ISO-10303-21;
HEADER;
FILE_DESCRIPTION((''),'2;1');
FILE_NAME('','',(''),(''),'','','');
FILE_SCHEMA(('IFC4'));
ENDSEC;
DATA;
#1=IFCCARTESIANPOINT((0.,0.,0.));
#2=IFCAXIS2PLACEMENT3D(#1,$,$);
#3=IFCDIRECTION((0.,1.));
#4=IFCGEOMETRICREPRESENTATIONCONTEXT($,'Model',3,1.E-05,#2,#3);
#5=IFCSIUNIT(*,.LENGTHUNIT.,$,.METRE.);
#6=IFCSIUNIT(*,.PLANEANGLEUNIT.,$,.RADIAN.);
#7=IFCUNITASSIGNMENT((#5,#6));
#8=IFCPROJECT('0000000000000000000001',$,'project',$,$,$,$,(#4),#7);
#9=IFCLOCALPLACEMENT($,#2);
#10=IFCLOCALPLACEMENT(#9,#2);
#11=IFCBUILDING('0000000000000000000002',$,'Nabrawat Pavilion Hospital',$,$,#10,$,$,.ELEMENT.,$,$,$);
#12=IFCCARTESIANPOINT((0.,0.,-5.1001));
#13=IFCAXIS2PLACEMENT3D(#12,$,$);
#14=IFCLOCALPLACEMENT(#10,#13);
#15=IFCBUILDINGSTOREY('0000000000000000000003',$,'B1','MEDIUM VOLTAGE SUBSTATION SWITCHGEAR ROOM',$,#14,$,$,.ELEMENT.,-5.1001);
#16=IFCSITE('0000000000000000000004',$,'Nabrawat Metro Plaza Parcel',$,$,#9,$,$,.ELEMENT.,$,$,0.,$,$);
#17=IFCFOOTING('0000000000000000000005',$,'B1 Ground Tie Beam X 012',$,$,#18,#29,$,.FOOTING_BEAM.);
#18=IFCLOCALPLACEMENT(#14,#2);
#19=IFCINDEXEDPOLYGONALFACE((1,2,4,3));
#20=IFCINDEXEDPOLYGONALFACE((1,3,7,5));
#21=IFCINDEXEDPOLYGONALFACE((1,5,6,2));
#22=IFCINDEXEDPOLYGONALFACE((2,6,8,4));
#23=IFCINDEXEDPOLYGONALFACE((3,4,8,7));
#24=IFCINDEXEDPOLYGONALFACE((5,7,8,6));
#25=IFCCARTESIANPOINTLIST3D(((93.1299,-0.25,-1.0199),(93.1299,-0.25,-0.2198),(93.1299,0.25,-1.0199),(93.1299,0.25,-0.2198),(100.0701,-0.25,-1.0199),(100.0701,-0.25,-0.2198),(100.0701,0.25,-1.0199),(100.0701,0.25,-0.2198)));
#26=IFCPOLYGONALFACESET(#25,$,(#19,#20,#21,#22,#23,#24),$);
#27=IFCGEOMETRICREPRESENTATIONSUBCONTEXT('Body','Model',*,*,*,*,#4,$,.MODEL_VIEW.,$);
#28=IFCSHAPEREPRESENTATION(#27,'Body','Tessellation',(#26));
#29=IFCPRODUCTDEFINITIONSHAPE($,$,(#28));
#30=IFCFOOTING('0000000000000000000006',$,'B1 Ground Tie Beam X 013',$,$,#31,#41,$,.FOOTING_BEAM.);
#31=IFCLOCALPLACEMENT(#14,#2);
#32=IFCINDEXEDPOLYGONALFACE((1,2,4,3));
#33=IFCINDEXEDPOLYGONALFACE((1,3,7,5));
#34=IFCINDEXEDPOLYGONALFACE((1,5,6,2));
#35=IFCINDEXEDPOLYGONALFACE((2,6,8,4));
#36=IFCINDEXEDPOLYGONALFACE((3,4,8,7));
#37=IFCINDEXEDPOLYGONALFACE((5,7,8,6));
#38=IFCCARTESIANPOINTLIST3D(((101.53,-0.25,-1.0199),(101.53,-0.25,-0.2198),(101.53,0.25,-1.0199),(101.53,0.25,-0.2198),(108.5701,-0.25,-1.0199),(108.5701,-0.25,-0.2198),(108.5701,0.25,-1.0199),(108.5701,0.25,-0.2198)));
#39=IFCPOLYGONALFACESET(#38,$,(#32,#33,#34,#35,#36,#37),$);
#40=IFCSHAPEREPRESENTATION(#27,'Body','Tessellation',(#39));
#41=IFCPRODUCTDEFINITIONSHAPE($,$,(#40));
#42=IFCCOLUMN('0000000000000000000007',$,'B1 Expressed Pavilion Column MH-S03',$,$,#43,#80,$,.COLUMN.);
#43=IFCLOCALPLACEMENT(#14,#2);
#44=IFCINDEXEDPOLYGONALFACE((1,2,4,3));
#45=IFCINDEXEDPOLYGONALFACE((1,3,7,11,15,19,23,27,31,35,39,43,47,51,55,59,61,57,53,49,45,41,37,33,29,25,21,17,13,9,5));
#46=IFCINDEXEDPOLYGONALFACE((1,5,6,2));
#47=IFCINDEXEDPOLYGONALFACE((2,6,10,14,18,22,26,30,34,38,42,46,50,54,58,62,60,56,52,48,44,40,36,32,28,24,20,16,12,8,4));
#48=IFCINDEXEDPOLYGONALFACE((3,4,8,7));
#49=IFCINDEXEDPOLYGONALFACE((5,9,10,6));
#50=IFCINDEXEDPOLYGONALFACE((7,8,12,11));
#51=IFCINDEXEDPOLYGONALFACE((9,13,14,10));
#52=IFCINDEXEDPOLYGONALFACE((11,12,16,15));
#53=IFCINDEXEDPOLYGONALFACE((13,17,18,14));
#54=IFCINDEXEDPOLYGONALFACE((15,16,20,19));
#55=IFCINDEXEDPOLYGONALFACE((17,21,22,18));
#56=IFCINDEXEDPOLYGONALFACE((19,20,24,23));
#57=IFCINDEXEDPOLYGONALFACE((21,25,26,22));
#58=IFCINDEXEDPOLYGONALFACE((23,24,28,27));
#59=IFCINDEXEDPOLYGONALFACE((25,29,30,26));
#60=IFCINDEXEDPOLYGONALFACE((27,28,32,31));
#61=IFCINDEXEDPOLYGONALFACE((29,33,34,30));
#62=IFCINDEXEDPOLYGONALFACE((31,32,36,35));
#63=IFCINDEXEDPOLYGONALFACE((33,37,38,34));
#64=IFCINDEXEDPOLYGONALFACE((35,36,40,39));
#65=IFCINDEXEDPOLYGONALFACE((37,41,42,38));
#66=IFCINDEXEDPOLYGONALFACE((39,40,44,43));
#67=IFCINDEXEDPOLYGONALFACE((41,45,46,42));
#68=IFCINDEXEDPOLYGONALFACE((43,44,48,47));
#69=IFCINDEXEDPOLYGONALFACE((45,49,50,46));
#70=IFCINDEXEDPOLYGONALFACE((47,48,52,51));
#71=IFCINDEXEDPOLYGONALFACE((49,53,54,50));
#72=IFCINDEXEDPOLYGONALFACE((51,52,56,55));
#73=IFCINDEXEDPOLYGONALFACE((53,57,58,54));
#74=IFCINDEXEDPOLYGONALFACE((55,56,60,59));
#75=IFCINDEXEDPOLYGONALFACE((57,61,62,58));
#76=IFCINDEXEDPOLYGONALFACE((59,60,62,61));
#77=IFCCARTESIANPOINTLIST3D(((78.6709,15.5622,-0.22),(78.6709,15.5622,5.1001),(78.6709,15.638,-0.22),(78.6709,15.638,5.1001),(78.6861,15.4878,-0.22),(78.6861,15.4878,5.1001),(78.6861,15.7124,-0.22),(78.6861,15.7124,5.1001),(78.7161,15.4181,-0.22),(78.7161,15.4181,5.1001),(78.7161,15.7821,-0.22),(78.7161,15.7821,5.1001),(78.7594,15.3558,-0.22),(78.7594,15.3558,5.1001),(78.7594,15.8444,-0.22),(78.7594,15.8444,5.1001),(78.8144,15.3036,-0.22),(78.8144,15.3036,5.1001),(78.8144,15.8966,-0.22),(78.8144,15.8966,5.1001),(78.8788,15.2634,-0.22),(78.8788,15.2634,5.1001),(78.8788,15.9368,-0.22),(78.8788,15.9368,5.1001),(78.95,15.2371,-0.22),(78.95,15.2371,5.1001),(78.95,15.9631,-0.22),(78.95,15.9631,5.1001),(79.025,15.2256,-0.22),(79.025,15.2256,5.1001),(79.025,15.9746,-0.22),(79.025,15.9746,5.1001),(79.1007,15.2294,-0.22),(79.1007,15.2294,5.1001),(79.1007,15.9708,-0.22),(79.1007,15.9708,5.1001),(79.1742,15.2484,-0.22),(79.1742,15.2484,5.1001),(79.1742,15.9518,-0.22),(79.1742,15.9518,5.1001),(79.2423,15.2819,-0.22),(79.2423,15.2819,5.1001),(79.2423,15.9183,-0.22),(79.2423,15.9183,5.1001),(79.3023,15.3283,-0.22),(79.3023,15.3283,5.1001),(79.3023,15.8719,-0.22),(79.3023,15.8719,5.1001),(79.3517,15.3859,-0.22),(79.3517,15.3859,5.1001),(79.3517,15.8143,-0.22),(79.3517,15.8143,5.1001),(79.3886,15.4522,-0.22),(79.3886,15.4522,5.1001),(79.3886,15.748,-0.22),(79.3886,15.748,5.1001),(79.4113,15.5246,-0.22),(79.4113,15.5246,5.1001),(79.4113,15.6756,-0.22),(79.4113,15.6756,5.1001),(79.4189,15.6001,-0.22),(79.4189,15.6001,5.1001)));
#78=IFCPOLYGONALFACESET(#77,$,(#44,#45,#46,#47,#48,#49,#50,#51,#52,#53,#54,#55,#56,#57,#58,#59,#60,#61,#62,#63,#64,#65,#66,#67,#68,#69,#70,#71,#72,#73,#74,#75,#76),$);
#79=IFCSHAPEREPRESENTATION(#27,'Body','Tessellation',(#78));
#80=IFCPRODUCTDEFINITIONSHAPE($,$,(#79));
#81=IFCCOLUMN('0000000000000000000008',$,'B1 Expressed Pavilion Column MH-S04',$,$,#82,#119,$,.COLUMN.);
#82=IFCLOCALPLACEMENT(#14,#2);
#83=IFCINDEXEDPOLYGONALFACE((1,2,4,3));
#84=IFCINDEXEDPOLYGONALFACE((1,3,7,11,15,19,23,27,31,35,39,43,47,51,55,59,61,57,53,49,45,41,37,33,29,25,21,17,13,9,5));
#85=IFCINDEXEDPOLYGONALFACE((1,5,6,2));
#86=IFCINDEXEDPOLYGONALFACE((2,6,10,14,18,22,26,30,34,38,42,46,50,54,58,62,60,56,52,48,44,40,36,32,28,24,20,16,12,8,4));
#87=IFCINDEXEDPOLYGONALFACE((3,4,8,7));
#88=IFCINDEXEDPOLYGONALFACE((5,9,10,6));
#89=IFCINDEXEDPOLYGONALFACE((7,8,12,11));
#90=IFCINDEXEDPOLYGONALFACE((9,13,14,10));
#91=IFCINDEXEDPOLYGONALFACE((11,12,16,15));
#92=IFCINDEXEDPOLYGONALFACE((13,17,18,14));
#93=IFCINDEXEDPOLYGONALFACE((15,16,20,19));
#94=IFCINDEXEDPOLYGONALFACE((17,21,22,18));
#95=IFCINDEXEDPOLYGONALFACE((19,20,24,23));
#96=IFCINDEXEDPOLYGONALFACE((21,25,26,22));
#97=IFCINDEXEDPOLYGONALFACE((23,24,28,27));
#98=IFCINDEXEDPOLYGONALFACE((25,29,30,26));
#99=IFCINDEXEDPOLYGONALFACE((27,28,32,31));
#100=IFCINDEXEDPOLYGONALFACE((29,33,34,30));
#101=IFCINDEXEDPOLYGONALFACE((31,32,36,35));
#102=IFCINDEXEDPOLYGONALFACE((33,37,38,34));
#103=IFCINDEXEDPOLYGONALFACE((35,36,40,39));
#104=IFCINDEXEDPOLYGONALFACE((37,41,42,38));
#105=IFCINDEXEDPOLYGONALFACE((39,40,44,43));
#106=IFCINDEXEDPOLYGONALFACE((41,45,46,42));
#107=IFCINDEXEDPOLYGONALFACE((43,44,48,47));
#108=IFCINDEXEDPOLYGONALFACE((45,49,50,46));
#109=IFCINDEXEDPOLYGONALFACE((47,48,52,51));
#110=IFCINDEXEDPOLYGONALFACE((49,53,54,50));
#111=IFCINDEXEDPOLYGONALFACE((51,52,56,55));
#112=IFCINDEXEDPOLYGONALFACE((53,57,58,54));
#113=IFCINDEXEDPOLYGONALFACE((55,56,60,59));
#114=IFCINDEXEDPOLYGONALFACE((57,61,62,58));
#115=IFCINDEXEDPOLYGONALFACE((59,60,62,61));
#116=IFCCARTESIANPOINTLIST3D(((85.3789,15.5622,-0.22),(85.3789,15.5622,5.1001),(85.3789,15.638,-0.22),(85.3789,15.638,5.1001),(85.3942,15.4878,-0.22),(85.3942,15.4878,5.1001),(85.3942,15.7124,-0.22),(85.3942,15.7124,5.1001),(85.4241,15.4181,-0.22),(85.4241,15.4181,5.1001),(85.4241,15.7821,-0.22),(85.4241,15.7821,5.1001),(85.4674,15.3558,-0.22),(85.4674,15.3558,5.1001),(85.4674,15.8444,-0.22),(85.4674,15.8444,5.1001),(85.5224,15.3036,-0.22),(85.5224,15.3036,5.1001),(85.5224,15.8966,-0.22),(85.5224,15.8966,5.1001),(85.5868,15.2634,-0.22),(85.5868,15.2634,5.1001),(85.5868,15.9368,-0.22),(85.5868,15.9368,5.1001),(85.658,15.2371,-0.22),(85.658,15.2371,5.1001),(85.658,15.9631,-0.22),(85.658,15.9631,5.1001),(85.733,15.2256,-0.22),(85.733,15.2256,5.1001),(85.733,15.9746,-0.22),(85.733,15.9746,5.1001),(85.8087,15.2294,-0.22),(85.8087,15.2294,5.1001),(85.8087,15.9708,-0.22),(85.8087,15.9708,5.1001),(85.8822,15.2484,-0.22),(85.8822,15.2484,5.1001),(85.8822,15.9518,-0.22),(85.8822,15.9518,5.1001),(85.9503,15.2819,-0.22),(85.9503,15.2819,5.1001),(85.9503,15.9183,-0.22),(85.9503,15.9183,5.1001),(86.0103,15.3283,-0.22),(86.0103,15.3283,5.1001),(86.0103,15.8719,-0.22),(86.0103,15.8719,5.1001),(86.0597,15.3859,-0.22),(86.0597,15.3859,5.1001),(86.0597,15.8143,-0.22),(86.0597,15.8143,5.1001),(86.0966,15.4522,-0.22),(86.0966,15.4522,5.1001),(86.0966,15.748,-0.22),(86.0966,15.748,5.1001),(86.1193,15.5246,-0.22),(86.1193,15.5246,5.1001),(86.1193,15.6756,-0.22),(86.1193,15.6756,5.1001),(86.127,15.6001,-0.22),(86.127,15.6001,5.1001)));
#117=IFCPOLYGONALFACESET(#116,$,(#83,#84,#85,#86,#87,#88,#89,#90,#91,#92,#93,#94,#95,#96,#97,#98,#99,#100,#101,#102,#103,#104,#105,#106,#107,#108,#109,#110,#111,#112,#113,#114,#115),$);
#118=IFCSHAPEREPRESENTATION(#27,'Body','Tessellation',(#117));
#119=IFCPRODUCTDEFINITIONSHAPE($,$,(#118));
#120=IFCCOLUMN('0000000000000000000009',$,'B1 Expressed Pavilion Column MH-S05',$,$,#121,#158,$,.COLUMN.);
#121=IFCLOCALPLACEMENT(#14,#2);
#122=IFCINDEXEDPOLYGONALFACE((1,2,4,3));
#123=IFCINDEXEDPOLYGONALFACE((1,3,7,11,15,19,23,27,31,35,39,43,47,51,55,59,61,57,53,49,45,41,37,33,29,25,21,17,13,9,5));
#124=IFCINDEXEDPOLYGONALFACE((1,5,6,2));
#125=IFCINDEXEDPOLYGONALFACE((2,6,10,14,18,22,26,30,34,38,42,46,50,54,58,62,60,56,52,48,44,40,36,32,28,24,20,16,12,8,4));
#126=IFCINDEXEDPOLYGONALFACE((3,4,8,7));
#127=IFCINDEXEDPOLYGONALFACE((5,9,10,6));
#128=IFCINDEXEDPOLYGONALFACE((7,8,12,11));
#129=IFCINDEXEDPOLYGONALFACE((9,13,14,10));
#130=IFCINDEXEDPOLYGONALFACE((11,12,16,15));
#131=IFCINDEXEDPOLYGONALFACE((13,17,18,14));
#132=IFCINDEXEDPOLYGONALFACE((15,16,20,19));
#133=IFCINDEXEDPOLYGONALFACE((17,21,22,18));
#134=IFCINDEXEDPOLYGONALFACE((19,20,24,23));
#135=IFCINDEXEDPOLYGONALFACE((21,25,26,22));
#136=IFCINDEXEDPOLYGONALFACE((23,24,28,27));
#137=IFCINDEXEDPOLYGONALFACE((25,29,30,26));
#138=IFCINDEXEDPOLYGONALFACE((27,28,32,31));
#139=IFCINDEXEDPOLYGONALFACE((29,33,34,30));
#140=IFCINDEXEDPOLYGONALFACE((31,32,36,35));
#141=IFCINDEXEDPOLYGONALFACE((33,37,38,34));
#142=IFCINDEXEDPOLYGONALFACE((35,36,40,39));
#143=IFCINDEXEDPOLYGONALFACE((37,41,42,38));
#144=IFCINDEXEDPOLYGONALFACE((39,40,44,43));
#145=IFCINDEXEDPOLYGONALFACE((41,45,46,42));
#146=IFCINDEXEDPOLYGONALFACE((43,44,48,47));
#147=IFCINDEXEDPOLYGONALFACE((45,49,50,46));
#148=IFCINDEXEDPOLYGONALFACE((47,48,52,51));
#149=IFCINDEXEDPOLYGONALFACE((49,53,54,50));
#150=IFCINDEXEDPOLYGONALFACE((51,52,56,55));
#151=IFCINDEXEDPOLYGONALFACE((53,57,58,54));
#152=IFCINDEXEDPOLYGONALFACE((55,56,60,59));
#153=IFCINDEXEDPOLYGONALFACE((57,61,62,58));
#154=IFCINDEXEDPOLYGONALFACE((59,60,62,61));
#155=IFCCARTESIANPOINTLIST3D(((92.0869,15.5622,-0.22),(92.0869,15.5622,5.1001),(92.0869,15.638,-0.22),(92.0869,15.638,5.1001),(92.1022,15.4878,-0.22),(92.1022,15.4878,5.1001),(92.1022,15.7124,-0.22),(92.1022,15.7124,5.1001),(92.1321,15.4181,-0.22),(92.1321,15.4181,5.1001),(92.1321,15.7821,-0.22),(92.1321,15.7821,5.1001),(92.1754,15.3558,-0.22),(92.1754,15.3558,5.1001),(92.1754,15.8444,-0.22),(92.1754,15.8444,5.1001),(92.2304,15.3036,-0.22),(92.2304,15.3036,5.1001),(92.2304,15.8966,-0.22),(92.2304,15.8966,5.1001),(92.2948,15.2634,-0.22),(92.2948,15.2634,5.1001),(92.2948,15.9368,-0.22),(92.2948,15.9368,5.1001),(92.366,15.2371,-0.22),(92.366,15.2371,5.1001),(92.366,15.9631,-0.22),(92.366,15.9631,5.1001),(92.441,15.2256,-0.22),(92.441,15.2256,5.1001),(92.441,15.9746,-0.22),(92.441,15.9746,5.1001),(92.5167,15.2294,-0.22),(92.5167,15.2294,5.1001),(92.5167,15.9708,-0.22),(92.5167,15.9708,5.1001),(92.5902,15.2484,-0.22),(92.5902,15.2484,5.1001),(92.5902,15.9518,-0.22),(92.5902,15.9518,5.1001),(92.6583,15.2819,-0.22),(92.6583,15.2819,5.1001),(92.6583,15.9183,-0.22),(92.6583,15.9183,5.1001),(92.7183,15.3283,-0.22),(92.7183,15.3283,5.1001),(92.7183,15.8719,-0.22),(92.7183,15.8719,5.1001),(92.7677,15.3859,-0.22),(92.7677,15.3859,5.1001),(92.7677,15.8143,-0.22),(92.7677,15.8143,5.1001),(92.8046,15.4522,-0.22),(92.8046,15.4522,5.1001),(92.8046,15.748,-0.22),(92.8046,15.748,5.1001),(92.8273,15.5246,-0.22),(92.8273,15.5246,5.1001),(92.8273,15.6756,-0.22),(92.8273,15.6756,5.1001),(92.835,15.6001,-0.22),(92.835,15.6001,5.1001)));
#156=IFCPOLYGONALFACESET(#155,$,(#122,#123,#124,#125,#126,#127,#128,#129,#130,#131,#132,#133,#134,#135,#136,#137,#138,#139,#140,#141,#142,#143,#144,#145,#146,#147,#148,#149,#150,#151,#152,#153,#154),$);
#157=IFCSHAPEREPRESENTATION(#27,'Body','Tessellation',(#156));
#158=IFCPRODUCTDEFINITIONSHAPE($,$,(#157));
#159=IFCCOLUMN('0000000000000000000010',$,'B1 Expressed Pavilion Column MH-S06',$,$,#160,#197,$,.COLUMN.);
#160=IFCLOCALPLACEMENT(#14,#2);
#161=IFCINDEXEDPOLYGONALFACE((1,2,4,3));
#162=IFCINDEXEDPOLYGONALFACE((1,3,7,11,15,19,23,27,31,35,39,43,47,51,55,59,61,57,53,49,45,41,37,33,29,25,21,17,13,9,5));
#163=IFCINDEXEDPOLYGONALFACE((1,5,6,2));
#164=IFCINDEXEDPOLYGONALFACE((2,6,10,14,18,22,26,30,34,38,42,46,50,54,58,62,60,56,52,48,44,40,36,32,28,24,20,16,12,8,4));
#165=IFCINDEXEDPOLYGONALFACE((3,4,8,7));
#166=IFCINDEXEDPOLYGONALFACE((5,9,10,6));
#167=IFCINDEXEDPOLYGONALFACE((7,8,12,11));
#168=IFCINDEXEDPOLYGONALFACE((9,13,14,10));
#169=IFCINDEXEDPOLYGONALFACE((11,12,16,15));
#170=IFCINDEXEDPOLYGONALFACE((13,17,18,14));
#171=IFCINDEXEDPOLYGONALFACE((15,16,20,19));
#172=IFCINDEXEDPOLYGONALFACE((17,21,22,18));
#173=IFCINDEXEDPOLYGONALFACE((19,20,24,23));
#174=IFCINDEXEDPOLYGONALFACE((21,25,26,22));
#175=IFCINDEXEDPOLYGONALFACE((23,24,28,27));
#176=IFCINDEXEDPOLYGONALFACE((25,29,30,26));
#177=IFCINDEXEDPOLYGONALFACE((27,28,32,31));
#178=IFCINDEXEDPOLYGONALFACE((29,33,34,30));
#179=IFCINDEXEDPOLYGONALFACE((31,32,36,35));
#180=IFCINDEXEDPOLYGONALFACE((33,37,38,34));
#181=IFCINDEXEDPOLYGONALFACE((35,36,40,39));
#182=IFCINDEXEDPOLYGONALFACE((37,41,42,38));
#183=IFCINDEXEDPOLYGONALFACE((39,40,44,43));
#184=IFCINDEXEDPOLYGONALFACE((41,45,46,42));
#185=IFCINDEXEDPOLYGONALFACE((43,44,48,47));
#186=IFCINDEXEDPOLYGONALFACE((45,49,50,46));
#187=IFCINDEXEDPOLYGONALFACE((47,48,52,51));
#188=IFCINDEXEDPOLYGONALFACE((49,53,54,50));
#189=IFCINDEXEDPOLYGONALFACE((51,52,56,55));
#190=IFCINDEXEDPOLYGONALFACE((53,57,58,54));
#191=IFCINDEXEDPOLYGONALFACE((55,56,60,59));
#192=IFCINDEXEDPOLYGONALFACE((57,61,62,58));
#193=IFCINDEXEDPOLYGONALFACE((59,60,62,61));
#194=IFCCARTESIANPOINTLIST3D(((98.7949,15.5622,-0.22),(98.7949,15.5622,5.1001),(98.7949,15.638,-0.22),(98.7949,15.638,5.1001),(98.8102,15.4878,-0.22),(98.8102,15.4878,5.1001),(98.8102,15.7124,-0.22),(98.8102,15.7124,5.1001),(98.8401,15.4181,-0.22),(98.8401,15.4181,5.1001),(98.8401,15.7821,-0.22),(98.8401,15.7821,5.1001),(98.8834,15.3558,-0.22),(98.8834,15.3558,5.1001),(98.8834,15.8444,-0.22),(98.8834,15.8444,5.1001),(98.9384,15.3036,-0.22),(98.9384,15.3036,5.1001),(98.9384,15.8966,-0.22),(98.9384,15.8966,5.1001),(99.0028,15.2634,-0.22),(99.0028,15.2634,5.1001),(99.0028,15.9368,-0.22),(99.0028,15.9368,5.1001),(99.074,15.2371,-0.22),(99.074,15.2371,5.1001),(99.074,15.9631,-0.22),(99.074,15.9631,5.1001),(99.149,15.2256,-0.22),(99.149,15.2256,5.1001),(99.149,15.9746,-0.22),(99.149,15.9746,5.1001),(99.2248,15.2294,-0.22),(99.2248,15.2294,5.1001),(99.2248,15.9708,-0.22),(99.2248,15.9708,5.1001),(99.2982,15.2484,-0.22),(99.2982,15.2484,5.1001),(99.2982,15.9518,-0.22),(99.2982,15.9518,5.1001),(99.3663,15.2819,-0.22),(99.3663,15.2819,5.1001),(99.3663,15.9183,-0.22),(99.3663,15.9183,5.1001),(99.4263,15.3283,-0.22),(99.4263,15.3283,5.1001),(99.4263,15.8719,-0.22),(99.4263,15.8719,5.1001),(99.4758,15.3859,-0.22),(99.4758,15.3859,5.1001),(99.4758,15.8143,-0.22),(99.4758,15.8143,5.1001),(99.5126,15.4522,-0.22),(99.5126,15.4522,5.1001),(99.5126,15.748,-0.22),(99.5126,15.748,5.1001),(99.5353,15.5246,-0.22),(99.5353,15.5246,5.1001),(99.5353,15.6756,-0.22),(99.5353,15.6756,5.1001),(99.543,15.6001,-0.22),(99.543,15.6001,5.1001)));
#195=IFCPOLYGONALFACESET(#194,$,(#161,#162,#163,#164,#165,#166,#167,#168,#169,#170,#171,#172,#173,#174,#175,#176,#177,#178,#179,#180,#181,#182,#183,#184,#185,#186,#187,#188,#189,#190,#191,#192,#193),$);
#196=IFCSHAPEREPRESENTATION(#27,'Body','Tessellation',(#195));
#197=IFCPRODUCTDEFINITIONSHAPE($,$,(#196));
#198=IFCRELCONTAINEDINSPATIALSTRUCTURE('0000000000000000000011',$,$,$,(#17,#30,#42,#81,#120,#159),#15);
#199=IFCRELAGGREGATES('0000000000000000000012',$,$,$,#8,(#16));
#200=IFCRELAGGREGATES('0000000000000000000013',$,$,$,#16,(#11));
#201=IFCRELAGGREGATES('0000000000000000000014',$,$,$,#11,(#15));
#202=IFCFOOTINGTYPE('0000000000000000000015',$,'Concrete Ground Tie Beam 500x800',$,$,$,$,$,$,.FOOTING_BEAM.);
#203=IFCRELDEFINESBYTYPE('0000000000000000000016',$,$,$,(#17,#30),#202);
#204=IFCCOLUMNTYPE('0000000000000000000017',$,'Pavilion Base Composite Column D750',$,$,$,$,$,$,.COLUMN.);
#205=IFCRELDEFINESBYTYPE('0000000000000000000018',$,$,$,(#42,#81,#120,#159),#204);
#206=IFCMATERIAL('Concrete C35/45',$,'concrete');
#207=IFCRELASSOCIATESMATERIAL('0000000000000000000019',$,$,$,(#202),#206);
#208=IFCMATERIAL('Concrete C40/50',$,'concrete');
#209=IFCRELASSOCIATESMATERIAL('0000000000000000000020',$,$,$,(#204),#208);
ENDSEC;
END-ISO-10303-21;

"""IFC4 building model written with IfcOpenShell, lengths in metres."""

from ifc_helpers import new_model, si_unit, direction, frame, origin, origin_2d, place, context, subcontext, project, spatial, rectangle, circle, extrude, material, material_profile, profile_set, type_object, element, save


model = new_model("IFC4")

# Units and contexts
model_context = context("Model", 3, precision=1e-05, world=origin(), true_north=direction((0.0, 1.0)))
body_context = subcontext(model_context, "Body", "Model", "MODEL_VIEW")
ifc_project = project(units=[si_unit("LENGTHUNIT", "METRE"), si_unit("PLANEANGLEUNIT", "RADIAN")], contexts=[model_context])

# Site, building, storey
site_placement = place(None, origin())
site = spatial("IfcSite", under=ifc_project, at=site_placement, Name="Nabrawat Metro Plaza Parcel", CompositionType="ELEMENT", RefElevation=0.0)
building_placement = place(site_placement, origin())
building = spatial("IfcBuilding", under=site, at=building_placement, Name="Nabrawat Pavilion Hospital", CompositionType="ELEMENT")
storey_placement = place(building_placement, frame((0.0, 0.0, -5.1001)))
storey = spatial("IfcBuildingStorey", under=building, at=storey_placement, Name="B1", Description="MEDIUM VOLTAGE SUBSTATION SWITCHGEAR ROOM", CompositionType="ELEMENT", Elevation=-5.1001)

# Shared definitions
ifc_material_1 = material(Name="Concrete C35/45", Category="concrete")

# Footings
ifc_material_profile_1 = material_profile(ifc_material_1, rectangle(XDim=0.5, YDim=0.8, at=origin_2d()), Name="RC 500x800")
ifc_profile_set_1 = profile_set([ifc_material_profile_1], Name="Concrete C35/45")
footing_type = type_object("IfcFootingType", Name="Concrete Ground Tie Beam 500x800", PredefinedType="FOOTING_BEAM", material=ifc_profile_set_1)
footing_1_placement = place(storey_placement, frame((93.1299, 0.0, -0.6199), z_axis=(1.0, 0.0, 0.0), x_axis=(0.0, 1.0, 0.0)))
element("IfcFooting", 1, at=footing_1_placement, inside=storey, type_object=footing_type, Name="B1 Ground Tie Beam X 012", PredefinedType="FOOTING_BEAM", context=body_context, shape_type="SweptSolid", body=[
    extrude(rectangle(XDim=0.5, YDim=0.8, at=origin_2d()), origin(), (0.0, 0.0, 1.0), 6.9402),
])
footing_2_placement = place(storey_placement, frame((101.53, 0.0, -0.6199), z_axis=(1.0, 0.0, 0.0), x_axis=(0.0, 1.0, 0.0)))
element("IfcFooting", 2, at=footing_2_placement, inside=storey, type_object=footing_type, Name="B1 Ground Tie Beam X 013", PredefinedType="FOOTING_BEAM", context=body_context, shape_type="SweptSolid", body=[
    extrude(rectangle(XDim=0.5, YDim=0.8, at=origin_2d()), origin(), (0.0, 0.0, 1.0), 7.04),
])

# Columns
ifc_material_2 = material(Name="Concrete C40/50", Category="concrete")
ifc_material_profile_2 = material_profile(ifc_material_2, circle(Radius=0.375, at=origin_2d()), Name="RC D750")
ifc_profile_set_2 = profile_set([ifc_material_profile_2], Name="Concrete C40/50")
column_type = type_object("IfcColumnType", Name="Pavilion Base Composite Column D750", PredefinedType="COLUMN", material=ifc_profile_set_2)
for number, where, z_axis, x_axis, name in (
    (3, (79.0439, 15.6001, -0.22), (0.0, 0.0, 1.0), (1.0, 0.0, 0.0), "B1 Expressed Pavilion Column MH-S03"),
    (4, (85.752, 15.6001, -0.22), (0.0, 0.0, 1.0), (1.0, 0.0, 0.0), "B1 Expressed Pavilion Column MH-S04"),
    (5, (92.46, 15.6001, -0.22), (0.0, 0.0, 1.0), (1.0, 0.0, 0.0), "B1 Expressed Pavilion Column MH-S05"),
    (6, (99.168, 15.6001, -0.22), (0.0, 0.0, 1.0), (1.0, 0.0, 0.0), "B1 Expressed Pavilion Column MH-S06"),
):
    element("IfcColumn", number, at=place(storey_placement, frame(where, z_axis=z_axis, x_axis=x_axis)), inside=storey, type_object=column_type, Name=name, PredefinedType="COLUMN", context=body_context, shape_type="SweptSolid", body=[
        extrude(circle(Radius=0.375, at=origin_2d()), origin(), (0.0, 0.0, 1.0), 5.3201),
    ])

save(model, "model.ifc")
